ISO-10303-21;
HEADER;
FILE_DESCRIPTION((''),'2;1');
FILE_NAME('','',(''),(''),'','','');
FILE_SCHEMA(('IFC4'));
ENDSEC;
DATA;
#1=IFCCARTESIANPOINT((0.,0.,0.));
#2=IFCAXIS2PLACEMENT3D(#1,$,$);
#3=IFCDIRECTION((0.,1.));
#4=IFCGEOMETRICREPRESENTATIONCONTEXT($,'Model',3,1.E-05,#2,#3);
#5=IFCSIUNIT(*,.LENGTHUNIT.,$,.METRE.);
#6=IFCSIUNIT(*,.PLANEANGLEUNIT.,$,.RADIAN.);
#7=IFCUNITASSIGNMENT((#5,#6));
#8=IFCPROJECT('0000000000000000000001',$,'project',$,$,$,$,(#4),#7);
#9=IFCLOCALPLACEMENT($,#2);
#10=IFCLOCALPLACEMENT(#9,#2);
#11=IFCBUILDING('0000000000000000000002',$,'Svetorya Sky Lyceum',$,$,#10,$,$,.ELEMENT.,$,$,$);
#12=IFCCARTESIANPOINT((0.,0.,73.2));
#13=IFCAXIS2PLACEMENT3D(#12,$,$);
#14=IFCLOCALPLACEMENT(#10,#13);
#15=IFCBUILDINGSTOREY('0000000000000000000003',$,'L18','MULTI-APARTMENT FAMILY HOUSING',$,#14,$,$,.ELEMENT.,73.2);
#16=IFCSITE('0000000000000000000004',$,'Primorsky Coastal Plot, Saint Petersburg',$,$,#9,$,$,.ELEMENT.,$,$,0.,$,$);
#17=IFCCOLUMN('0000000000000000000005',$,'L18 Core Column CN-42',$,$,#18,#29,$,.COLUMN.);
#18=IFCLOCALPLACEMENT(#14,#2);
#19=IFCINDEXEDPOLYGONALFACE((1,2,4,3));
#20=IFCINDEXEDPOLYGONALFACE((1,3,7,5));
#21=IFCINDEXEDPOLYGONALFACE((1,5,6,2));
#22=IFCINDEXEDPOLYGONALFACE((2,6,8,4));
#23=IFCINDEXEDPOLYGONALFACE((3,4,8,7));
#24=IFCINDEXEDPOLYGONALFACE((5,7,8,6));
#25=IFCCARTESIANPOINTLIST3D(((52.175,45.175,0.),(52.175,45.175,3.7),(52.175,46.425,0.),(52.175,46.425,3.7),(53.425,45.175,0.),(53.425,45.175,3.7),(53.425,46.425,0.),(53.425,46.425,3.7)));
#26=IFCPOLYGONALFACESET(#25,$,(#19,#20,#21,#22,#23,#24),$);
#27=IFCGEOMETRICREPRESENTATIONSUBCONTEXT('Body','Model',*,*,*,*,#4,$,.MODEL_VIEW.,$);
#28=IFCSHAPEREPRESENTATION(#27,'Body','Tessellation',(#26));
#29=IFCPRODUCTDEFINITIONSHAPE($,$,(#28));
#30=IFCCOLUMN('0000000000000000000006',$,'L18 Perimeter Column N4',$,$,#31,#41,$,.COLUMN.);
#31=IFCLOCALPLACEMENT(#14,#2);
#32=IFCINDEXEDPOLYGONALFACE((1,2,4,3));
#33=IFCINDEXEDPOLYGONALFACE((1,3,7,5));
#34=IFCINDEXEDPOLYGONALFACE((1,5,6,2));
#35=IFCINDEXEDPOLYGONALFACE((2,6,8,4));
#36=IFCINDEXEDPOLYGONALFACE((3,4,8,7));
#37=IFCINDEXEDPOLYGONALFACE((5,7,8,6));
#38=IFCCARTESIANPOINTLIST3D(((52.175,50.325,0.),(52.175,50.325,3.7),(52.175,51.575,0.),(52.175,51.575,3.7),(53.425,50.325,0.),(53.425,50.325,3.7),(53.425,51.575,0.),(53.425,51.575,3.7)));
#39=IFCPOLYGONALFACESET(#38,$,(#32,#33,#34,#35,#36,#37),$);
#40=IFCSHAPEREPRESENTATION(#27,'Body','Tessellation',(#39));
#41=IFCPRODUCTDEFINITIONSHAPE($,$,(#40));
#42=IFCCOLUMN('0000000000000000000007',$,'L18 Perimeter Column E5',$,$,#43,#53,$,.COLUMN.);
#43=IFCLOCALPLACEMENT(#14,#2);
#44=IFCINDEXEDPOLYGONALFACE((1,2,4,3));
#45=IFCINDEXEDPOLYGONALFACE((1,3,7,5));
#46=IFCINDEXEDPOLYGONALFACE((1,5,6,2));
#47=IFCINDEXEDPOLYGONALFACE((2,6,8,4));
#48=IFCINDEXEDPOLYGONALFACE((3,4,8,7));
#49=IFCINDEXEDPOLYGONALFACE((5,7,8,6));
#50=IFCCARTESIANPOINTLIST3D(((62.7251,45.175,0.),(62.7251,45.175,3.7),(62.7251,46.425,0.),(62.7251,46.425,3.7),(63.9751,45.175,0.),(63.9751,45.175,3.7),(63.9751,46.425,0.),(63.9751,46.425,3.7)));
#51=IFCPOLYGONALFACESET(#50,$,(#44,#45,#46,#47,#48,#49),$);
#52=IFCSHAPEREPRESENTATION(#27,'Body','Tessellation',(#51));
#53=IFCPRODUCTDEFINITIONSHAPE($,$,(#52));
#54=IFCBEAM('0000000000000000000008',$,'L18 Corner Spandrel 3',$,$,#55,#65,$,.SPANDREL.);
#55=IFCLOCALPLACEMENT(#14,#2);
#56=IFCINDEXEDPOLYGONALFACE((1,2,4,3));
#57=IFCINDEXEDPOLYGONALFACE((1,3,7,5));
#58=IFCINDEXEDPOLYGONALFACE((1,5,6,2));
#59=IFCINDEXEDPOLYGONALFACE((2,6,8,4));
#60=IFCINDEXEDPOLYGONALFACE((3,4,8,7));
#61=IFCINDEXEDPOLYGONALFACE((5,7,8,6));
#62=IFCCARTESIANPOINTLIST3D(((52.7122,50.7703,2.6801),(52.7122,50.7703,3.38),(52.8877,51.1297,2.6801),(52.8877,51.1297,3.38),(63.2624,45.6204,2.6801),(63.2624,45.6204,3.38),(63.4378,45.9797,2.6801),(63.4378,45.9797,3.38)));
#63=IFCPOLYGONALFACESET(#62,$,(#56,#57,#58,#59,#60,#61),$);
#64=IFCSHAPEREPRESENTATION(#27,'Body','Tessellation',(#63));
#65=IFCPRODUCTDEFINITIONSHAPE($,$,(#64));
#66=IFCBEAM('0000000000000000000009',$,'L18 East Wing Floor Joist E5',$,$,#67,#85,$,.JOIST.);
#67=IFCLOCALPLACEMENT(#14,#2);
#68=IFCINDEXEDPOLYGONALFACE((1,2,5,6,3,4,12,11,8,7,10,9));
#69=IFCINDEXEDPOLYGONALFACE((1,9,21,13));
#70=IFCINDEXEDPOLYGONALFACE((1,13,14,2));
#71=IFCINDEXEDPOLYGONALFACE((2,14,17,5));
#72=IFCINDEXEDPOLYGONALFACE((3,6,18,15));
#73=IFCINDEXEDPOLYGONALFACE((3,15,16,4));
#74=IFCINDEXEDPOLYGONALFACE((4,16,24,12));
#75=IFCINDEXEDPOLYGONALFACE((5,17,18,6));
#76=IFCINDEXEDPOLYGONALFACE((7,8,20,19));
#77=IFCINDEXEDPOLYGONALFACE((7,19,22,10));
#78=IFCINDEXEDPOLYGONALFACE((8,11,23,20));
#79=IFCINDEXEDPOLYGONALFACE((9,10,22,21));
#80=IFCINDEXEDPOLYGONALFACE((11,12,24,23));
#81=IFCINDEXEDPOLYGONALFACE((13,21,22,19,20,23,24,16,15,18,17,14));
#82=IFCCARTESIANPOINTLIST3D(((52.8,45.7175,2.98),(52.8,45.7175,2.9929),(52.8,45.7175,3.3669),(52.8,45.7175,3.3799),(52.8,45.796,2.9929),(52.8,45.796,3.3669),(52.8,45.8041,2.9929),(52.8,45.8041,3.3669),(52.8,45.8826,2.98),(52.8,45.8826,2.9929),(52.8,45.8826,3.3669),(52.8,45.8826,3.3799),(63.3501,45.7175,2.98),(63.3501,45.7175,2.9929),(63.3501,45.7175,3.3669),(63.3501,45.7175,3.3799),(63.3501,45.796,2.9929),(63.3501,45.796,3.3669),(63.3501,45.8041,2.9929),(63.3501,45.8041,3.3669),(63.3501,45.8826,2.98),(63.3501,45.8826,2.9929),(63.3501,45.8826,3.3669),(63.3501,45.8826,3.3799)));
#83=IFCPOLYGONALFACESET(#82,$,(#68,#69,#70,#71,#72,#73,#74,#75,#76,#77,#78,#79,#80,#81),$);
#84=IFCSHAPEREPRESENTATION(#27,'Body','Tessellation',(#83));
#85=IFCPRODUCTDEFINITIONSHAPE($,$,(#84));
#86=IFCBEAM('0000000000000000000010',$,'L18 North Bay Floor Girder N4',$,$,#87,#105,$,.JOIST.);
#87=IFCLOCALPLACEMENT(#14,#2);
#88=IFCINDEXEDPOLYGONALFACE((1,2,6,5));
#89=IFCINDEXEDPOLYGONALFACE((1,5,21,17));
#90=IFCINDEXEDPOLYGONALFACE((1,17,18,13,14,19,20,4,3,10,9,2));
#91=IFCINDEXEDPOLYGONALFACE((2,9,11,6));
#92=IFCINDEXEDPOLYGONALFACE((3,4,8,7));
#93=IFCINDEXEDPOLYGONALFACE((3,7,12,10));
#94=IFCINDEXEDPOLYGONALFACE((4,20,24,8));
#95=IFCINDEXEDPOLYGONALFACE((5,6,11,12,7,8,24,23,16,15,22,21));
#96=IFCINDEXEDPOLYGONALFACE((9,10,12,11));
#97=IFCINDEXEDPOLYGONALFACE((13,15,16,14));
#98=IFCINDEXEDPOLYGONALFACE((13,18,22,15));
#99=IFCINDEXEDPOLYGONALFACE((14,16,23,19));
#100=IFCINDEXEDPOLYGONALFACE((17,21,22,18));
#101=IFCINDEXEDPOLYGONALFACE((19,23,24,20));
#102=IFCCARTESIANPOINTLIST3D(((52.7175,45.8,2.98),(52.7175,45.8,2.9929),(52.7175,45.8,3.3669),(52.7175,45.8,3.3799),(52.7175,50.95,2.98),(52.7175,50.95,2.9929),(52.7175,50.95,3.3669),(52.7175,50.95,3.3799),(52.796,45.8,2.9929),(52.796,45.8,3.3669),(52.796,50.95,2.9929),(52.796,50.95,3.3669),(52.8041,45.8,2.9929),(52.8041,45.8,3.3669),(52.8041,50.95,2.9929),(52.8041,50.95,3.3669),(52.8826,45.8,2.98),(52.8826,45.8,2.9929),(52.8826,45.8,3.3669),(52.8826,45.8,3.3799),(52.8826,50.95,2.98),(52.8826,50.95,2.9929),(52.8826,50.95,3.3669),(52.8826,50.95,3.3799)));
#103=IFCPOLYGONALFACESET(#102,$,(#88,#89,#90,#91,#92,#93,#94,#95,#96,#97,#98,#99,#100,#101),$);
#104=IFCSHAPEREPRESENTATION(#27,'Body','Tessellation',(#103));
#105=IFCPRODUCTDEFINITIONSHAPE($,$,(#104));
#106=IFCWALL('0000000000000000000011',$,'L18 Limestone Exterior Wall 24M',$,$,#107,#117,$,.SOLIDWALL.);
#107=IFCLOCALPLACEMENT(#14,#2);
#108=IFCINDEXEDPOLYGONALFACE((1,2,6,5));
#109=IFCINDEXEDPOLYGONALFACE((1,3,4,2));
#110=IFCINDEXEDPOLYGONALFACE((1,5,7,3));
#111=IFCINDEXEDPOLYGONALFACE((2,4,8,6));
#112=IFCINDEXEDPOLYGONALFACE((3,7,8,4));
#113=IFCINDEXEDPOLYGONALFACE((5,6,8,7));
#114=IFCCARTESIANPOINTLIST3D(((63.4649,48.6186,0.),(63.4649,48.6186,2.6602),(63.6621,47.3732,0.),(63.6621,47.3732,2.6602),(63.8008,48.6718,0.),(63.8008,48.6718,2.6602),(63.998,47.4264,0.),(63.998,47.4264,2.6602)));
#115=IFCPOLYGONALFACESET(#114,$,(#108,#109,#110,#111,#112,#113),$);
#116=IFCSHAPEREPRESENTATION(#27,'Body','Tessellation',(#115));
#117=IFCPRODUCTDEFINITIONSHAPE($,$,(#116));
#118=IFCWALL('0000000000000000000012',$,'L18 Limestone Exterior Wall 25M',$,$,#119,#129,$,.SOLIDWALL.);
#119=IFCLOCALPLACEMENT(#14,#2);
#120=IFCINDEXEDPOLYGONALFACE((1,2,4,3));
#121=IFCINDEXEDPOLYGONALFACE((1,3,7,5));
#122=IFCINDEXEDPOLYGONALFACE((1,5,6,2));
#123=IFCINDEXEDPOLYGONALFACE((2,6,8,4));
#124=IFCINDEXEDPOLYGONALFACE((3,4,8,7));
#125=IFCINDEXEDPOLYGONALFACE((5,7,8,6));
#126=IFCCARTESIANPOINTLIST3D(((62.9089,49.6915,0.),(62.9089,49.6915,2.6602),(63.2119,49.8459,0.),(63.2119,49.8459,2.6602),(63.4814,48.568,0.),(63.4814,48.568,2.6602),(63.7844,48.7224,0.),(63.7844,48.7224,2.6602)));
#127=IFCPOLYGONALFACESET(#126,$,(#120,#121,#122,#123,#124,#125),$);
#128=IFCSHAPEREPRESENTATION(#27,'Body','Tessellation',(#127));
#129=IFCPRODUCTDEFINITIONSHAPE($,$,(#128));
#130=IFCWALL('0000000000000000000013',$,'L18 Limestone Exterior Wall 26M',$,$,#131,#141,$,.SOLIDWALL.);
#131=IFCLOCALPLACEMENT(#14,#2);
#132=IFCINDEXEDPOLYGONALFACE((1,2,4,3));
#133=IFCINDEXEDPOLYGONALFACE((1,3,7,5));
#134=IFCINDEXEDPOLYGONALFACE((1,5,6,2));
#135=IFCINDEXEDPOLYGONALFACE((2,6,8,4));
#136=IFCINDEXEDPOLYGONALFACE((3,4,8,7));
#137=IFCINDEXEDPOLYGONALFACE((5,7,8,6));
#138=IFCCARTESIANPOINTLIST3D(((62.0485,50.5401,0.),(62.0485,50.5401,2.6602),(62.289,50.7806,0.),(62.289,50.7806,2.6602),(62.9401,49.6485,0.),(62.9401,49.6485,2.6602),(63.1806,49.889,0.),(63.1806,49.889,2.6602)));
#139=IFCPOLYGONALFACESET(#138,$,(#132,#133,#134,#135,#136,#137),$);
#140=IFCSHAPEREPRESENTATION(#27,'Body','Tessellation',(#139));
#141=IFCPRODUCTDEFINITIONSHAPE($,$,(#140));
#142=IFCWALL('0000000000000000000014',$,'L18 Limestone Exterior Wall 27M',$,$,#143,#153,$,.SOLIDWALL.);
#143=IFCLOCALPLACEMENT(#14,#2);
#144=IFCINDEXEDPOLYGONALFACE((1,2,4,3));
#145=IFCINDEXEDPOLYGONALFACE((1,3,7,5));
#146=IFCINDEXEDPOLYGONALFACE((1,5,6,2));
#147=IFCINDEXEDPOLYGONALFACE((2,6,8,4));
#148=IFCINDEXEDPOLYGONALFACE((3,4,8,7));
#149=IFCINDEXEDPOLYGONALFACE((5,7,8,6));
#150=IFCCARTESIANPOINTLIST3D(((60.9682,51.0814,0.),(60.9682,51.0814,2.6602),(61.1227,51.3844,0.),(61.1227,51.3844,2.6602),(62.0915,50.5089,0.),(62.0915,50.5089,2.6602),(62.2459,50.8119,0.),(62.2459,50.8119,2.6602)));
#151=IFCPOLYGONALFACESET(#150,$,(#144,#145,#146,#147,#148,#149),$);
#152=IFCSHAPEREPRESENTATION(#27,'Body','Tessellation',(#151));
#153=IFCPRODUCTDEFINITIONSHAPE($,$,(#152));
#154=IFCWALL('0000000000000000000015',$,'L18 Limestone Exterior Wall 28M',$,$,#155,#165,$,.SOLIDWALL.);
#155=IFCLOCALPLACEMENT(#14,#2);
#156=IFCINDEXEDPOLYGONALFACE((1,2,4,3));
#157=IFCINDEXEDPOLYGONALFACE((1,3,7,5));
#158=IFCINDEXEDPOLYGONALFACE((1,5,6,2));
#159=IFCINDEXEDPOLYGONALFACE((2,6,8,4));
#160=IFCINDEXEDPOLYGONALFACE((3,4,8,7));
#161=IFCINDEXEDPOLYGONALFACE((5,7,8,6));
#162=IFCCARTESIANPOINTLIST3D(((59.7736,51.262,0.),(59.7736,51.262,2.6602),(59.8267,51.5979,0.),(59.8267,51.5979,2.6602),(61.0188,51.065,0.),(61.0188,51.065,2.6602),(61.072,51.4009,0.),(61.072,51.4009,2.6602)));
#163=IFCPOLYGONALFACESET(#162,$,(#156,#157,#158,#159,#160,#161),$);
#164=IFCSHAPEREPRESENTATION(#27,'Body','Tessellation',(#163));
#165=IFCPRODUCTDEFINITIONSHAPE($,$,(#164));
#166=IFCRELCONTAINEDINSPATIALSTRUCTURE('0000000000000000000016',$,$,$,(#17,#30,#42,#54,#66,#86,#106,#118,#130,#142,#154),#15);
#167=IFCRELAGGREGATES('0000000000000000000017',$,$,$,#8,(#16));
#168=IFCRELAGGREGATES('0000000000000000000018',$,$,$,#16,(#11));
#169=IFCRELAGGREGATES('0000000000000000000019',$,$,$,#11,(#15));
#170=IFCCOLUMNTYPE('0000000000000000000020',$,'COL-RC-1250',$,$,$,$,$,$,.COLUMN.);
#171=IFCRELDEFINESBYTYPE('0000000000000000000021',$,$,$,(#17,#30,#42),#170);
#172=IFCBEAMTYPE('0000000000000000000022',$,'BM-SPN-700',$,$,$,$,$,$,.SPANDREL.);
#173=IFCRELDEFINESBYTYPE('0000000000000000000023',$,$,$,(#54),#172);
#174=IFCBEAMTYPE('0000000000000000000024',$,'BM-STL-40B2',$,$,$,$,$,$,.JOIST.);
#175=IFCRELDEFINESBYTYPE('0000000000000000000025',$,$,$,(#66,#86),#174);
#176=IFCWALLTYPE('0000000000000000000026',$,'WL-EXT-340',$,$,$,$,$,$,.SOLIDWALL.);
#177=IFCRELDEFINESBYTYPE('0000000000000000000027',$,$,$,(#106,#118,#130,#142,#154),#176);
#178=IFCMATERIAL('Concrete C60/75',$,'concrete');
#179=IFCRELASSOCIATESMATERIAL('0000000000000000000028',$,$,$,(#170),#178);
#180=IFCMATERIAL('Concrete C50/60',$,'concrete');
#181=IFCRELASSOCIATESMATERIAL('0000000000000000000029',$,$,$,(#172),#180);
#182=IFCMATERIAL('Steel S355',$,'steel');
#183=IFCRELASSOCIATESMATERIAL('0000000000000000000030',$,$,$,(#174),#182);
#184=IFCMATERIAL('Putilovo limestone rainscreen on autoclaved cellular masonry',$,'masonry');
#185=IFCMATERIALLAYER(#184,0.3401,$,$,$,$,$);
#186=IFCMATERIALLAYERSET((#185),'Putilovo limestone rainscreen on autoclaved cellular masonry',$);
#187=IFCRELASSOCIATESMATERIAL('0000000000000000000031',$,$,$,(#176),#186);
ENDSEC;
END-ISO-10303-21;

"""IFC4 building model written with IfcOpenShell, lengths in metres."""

from ifc_helpers import new_model, si_unit, direction, frame, frame_2d, origin, origin_2d, place, context, subcontext, project, spatial, rectangle, i_section, extrude, material, layer, layer_set, material_profile, profile_set, type_object, element, save


model = new_model("IFC4")

# Units and contexts
model_context = context("Model", 3, precision=1e-05, world=origin(), true_north=direction((0.0, 1.0)))
body_context = subcontext(model_context, "Body", "Model", "MODEL_VIEW")
ifc_project = project(units=[si_unit("LENGTHUNIT", "METRE"), si_unit("PLANEANGLEUNIT", "RADIAN")], contexts=[model_context])

# Site, building, storey
site_placement = place(None, origin())
site = spatial("IfcSite", under=ifc_project, at=site_placement, Name="Primorsky Coastal Plot, Saint Petersburg", CompositionType="ELEMENT", RefElevation=0.0)
building_placement = place(site_placement, origin())
building = spatial("IfcBuilding", under=site, at=building_placement, Name="Svetorya Sky Lyceum", CompositionType="ELEMENT")
storey_placement = place(building_placement, frame((0.0, 0.0, 73.2)))
storey = spatial("IfcBuildingStorey", under=building, at=storey_placement, Name="L18", Description="MULTI-APARTMENT FAMILY HOUSING", CompositionType="ELEMENT", Elevation=73.2)

# Columns
ifc_material_1 = material(Name="Concrete C60/75", Category="concrete")
ifc_material_profile_1 = material_profile(ifc_material_1, rectangle(XDim=1.25, YDim=1.25, at=origin_2d()), Name="RC COL 1250x1250")
ifc_profile_set_1 = profile_set([ifc_material_profile_1], Name="Concrete C60/75")
column_type = type_object("IfcColumnType", Name="COL-RC-1250", PredefinedType="COLUMN", material=ifc_profile_set_1)
for number, where, z_axis, x_axis, name in (
    (1, (52.8, 45.8, 0.0), (0.0, 0.0, 1.0), (1.0, 0.0, 0.0), "L18 Core Column CN-42"),
    (2, (52.8, 50.95, 0.0), (0.0, 0.0, 1.0), (1.0, 0.0, 0.0), "L18 Perimeter Column N4"),
    (3, (63.3501, 45.8, 0.0), (0.0, 0.0, 1.0), (1.0, 0.0, 0.0), "L18 Perimeter Column E5"),
):
    element("IfcColumn", number, at=place(storey_placement, frame(where, z_axis=z_axis, x_axis=x_axis)), inside=storey, type_object=column_type, Name=name, PredefinedType="COLUMN", context=body_context, shape_type="SweptSolid", body=[
        extrude(rectangle(XDim=1.25, YDim=1.25, at=origin_2d()), origin(), (0.0, 0.0, 1.0), 3.7),
    ])

# Beams
ifc_material_2 = material(Name="Concrete C50/60", Category="concrete")
ifc_material_profile_2 = material_profile(ifc_material_2, rectangle(XDim=0.3999, YDim=0.7, at=origin_2d()), Name="RC SPANDREL 400x700")
ifc_profile_set_2 = profile_set([ifc_material_profile_2], Name="Concrete C50/60")
beam_type_1 = type_object("IfcBeamType", Name="BM-SPN-700", PredefinedType="SPANDREL", material=ifc_profile_set_2)
beam_1_placement = place(storey_placement, frame((63.3501, 45.8, 3.03), z_axis=(-0.89865, 0.438667, 0.0), x_axis=(-0.438667, -0.89865, 0.0)))
element("IfcBeam", 4, at=beam_1_placement, inside=storey, type_object=beam_type_1, Name="L18 Corner Spandrel 3", PredefinedType="SPANDREL", context=body_context, shape_type="SweptSolid", body=[
    extrude(rectangle(XDim=0.3999, YDim=0.7, at=origin_2d()), origin(), (0.0, 0.0, 1.0), 11.74),
])
ifc_material_3 = material(Name="Steel S355", Category="steel")
ifc_material_profile_3 = material_profile(ifc_material_3, i_section(OverallWidth=0.165, OverallDepth=0.3999, WebThickness=0.0081, FlangeThickness=0.0129, at=origin_2d()), Name="GOST 40B2")
ifc_profile_set_3 = profile_set([ifc_material_profile_3], Name="Steel S355")
beam_type_2 = type_object("IfcBeamType", Name="BM-STL-40B2", PredefinedType="JOIST", material=ifc_profile_set_3)
beam_2_placement = place(storey_placement, frame((52.8, 45.8, 3.1799), z_axis=(1.0, 0.0, 0.0), x_axis=(0.0, 1.0, 0.0)))
element("IfcBeam", 5, at=beam_2_placement, inside=storey, type_object=beam_type_2, Name="L18 East Wing Floor Joist E5", PredefinedType="JOIST", context=body_context, shape_type="SweptSolid", body=[
    extrude(i_section(OverallWidth=0.165, OverallDepth=0.3999, WebThickness=0.0081, FlangeThickness=0.0129, at=origin_2d()), origin(), (0.0, 0.0, 1.0), 10.55),
])
beam_3_placement = place(storey_placement, frame((52.8, 45.8, 3.1799), z_axis=(0.0, 1.0, 0.0), x_axis=(-1.0, 0.0, 0.0)))
element("IfcBeam", 6, at=beam_3_placement, inside=storey, type_object=beam_type_2, Name="L18 North Bay Floor Girder N4", PredefinedType="JOIST", context=body_context, shape_type="SweptSolid", body=[
    extrude(i_section(OverallWidth=0.165, OverallDepth=0.3999, WebThickness=0.0081, FlangeThickness=0.0129, at=origin_2d()), origin(), (0.0, 0.0, 1.0), 5.1499),
])

# Walls
ifc_material_4 = material(Name="Putilovo limestone rainscreen on autoclaved cellular masonry", Category="masonry")
ifc_layer_1 = layer(ifc_material_4, 0.3401)
ifc_layer_set_1 = layer_set([ifc_layer_1], Name="Putilovo limestone rainscreen on autoclaved cellular masonry")
wall_type_1 = type_object("IfcWallType", Name="WL-EXT-340", PredefinedType="SOLIDWALL", material=ifc_layer_set_1)
for number, where, z_axis, x_axis, name in (
    (7, (63.8301, 47.3999, 0.0), (0.0, 0.0, 1.0), (-0.15645, 0.987686, 0.0), "L18 Limestone Exterior Wall 24M"),
    (8, (63.6328, 48.6453, 0.0), (0.0, 0.0, 1.0), (-0.454016, 0.890994, 0.0), "L18 Limestone Exterior Wall 25M"),
    (9, (63.0603, 49.7688, 0.0), (0.0, 0.0, 1.0), (-0.707107, 0.707107, 0.0), "L18 Limestone Exterior Wall 26M"),
):
    element("IfcWall", number, at=place(storey_placement, frame(where, z_axis=z_axis, x_axis=x_axis)), inside=storey, type_object=wall_type_1, Name=name, PredefinedType="SOLIDWALL", context=body_context, shape_type="SweptSolid", body=[
        extrude(rectangle(XDim=1.261, YDim=0.3401, at=frame_2d((0.6304, 0.0))), origin(), (0.0, 0.0, 1.0), 2.6602),
    ])
for number, where, z_axis, x_axis, name in (
    (10, (62.1687, 50.6604, 0.0), (0.0, 0.0, 1.0), (-0.890954, 0.454094, 0.0), "L18 Limestone Exterior Wall 27M"),
    (11, (61.0454, 51.2329, 0.0), (0.0, 0.0, 1.0), (-0.987716, 0.156261, 0.0), "L18 Limestone Exterior Wall 28M"),
):
    element("IfcWall", number, at=place(storey_placement, frame(where, z_axis=z_axis, x_axis=x_axis)), inside=storey, type_object=wall_type_1, Name=name, PredefinedType="SOLIDWALL", context=body_context, shape_type="SweptSolid", body=[
        extrude(rectangle(XDim=1.2607, YDim=0.3401, at=frame_2d((0.6304, 0.0))), origin(), (0.0, 0.0, 1.0), 2.6602),
    ])

save(model, "model.ifc")
